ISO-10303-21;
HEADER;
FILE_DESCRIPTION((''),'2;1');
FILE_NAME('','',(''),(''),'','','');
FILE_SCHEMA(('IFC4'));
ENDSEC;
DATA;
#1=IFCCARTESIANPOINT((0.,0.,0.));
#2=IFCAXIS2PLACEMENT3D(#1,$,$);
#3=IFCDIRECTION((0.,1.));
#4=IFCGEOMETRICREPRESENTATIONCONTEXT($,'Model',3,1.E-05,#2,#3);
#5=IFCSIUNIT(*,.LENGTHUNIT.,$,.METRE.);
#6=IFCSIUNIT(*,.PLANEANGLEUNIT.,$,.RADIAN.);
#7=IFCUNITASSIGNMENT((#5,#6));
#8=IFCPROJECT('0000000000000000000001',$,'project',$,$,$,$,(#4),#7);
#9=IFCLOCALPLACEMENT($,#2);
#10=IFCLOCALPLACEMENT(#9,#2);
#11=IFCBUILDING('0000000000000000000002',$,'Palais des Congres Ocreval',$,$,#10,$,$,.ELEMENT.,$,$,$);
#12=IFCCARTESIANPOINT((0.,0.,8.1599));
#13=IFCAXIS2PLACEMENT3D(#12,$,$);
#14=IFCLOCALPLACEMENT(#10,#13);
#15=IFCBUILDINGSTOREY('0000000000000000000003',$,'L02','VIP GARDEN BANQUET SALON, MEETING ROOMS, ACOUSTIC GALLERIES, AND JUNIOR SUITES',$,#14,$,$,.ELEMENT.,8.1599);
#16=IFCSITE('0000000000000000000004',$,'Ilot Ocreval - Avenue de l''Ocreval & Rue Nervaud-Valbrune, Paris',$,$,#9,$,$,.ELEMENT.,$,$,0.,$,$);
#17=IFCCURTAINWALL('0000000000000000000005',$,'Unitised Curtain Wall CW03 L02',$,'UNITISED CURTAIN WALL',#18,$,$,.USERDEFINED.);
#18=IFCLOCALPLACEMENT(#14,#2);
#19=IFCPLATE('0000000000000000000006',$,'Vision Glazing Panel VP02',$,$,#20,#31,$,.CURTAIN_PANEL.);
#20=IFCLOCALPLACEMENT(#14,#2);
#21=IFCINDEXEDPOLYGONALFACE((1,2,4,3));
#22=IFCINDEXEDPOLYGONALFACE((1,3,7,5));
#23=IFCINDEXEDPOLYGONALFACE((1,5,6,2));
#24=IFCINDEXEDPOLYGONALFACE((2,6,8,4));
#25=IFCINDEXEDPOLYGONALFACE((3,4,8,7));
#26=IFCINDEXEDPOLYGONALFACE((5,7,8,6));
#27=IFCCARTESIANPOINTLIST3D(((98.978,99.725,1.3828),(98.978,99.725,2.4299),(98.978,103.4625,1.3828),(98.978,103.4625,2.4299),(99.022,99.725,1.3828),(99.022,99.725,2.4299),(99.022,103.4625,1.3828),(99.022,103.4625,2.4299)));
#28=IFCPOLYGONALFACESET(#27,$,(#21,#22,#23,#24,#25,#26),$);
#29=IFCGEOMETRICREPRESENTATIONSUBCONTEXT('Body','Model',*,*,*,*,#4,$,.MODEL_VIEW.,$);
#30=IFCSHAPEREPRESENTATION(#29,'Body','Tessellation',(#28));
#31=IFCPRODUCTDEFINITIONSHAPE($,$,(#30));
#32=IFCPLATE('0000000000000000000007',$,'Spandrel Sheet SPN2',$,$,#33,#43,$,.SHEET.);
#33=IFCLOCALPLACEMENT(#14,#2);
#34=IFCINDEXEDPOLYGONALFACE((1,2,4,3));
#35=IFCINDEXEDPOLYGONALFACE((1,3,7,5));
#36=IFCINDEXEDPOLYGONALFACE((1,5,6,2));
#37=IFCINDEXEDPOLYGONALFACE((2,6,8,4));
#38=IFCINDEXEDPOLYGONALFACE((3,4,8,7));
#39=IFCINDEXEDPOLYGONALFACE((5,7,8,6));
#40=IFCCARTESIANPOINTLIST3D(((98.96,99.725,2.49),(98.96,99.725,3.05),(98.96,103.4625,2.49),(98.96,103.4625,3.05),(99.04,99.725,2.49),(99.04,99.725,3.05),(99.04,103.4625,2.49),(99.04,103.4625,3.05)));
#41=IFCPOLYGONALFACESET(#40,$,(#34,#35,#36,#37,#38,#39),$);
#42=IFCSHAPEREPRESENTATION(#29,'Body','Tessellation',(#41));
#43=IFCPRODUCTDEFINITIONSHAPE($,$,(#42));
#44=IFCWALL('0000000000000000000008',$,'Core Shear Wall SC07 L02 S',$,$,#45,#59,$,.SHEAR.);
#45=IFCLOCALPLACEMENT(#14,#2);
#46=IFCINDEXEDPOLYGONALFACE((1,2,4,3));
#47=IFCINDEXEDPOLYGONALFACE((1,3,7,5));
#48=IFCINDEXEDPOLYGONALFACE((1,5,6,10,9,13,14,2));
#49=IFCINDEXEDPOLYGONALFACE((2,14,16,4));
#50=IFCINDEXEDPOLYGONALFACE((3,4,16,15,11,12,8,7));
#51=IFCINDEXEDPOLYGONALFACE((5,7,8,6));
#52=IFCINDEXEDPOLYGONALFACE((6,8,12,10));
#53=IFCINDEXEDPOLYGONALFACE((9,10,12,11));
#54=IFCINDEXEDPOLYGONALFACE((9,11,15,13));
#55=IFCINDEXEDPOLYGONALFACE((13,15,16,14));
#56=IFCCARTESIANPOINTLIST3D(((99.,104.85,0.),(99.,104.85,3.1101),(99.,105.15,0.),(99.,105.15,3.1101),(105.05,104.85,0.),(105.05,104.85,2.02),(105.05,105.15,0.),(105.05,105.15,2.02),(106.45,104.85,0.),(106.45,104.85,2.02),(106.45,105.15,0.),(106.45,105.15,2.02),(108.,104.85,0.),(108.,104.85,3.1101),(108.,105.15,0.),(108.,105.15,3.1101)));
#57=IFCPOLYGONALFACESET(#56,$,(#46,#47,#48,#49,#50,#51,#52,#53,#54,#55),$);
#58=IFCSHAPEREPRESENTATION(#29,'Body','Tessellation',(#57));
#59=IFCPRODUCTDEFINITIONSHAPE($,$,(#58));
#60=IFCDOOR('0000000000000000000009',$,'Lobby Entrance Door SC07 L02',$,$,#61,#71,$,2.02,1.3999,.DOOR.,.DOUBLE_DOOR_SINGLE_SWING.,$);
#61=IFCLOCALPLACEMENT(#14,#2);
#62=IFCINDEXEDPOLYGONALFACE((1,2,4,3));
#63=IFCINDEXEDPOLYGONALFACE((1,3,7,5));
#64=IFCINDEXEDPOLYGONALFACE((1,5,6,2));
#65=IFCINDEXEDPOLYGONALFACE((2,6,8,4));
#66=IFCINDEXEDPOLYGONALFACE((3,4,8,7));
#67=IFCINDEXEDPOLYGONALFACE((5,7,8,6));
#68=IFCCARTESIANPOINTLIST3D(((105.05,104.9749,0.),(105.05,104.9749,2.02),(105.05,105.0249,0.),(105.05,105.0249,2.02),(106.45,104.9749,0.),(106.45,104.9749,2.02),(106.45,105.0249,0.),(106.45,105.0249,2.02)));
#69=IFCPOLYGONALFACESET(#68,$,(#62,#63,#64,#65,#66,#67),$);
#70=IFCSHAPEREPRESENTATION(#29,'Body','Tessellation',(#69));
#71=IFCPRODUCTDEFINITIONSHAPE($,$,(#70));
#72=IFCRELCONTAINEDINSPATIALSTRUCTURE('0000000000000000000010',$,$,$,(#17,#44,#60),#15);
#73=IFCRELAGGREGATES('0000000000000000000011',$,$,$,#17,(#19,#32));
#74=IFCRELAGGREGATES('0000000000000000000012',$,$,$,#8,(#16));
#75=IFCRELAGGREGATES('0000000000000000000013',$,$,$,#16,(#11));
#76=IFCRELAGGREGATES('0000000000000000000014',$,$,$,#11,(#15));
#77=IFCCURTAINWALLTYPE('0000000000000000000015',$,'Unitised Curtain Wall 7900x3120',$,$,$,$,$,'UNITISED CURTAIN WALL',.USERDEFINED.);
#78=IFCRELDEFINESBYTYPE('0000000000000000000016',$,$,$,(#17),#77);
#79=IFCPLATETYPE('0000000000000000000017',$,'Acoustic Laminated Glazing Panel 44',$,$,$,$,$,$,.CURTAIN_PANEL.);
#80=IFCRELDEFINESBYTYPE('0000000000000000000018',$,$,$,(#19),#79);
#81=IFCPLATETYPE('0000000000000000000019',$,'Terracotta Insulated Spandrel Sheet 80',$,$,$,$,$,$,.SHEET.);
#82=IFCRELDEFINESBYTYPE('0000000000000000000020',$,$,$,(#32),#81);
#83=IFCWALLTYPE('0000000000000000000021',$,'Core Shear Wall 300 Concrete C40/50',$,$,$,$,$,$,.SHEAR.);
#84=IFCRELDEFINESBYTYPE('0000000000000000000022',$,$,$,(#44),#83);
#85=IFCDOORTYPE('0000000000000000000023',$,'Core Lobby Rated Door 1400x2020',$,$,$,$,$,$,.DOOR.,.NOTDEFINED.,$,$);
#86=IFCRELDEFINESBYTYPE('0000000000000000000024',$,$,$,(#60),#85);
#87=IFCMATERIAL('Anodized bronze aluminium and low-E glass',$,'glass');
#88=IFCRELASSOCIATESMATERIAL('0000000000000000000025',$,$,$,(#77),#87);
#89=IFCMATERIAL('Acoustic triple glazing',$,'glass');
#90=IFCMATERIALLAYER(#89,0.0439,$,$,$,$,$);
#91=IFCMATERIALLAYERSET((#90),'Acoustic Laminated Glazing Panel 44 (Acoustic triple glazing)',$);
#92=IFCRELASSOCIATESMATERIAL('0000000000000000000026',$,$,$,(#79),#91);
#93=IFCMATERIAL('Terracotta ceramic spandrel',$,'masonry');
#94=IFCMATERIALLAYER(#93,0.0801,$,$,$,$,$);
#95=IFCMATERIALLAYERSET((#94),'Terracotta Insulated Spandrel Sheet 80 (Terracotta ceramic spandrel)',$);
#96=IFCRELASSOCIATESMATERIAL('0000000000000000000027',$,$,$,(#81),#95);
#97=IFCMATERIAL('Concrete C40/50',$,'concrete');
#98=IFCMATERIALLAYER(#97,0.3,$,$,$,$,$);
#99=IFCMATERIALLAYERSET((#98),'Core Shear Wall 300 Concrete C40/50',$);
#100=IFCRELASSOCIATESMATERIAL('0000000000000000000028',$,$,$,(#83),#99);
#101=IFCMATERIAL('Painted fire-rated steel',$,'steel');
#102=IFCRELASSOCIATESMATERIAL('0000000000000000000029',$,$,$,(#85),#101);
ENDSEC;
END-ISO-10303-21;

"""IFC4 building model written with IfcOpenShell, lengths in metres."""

from ifc_helpers import new_model, si_unit, direction, frame, frame_2d, origin, origin_2d, place, context, subcontext, project, spatial, rectangle, extrude, material, layer, layer_set, type_object, element, fill, aggregate, save


model = new_model("IFC4")

# Units and contexts
model_context = context("Model", 3, precision=1e-05, world=origin(), true_north=direction((0.0, 1.0)))
body_context = subcontext(model_context, "Body", "Model", "MODEL_VIEW")
ifc_project = project(units=[si_unit("LENGTHUNIT", "METRE"), si_unit("PLANEANGLEUNIT", "RADIAN")], contexts=[model_context])

# Site, building, storey
site_placement = place(None, origin())
site = spatial("IfcSite", under=ifc_project, at=site_placement, Name="Ilot Ocreval - Avenue de l'Ocreval & Rue Nervaud-Valbrune, Paris", CompositionType="ELEMENT", RefElevation=0.0)
building_placement = place(site_placement, origin())
building = spatial("IfcBuilding", under=site, at=building_placement, Name="Palais des Congres Ocreval", CompositionType="ELEMENT")
storey_placement = place(building_placement, frame((0.0, 0.0, 8.1599)))
storey = spatial("IfcBuildingStorey", under=building, at=storey_placement, Name="L02", Description="VIP GARDEN BANQUET SALON, MEETING ROOMS, ACOUSTIC GALLERIES, AND JUNIOR SUITES", CompositionType="ELEMENT", Elevation=8.1599)

# Curtain wall, plates
ifc_material_1 = material(Name="Anodized bronze aluminium and low-E glass", Category="glass")
curtain_wall_type = type_object("IfcCurtainWallType", Name="Unitised Curtain Wall 7900x3120", ElementType="UNITISED CURTAIN WALL", PredefinedType="USERDEFINED", material=ifc_material_1)
curtain_wall_placement = place(storey_placement, origin())
curtain_wall = element("IfcCurtainWall", 1, at=curtain_wall_placement, inside=storey, type_object=curtain_wall_type, Name="Unitised Curtain Wall CW03 L02", ObjectType="UNITISED CURTAIN WALL", PredefinedType="USERDEFINED")
ifc_material_2 = material(Name="Acoustic triple glazing", Category="glass")
ifc_layer_1 = layer(ifc_material_2, 0.0439)
ifc_layer_set_1 = layer_set([ifc_layer_1], Name="Acoustic Laminated Glazing Panel 44 (Acoustic triple glazing)")
plate_type_1 = type_object("IfcPlateType", Name="Acoustic Laminated Glazing Panel 44", PredefinedType="CURTAIN_PANEL", material=ifc_layer_set_1)
plate_1_placement = place(storey_placement, frame((99.0, 101.5938, 1.3828), z_axis=(0.0, 0.0, 1.0), x_axis=(0.0, 1.0, 0.0)))
plate_1 = element("IfcPlate", 2, at=plate_1_placement, type_object=plate_type_1, Name="Vision Glazing Panel VP02", PredefinedType="CURTAIN_PANEL", context=body_context, shape_type="SweptSolid", body=[
    extrude(rectangle(XDim=3.7375, YDim=0.0439, at=origin_2d()), origin(), (0.0, 0.0, 1.0), 1.0471),
])
ifc_material_3 = material(Name="Terracotta ceramic spandrel", Category="masonry")
ifc_layer_2 = layer(ifc_material_3, 0.0801)
ifc_layer_set_2 = layer_set([ifc_layer_2], Name="Terracotta Insulated Spandrel Sheet 80 (Terracotta ceramic spandrel)")
plate_type_2 = type_object("IfcPlateType", Name="Terracotta Insulated Spandrel Sheet 80", PredefinedType="SHEET", material=ifc_layer_set_2)
plate_2_placement = place(storey_placement, frame((99.0, 101.5938, 2.49), z_axis=(0.0, 0.0, 1.0), x_axis=(0.0, 1.0, 0.0)))
plate_2 = element("IfcPlate", 3, at=plate_2_placement, type_object=plate_type_2, Name="Spandrel Sheet SPN2", PredefinedType="SHEET", context=body_context, shape_type="SweptSolid", body=[
    extrude(rectangle(XDim=3.7375, YDim=0.0801, at=origin_2d()), origin(), (0.0, 0.0, 1.0), 0.5601),
])
aggregate(curtain_wall, [plate_1, plate_2])

# Wall, opening, door
ifc_material_4 = material(Name="Concrete C40/50", Category="concrete")
ifc_layer_3 = layer(ifc_material_4, 0.3)
ifc_layer_set_3 = layer_set([ifc_layer_3], Name="Core Shear Wall 300 Concrete C40/50")
wall_type = type_object("IfcWallType", Name="Core Shear Wall 300 Concrete C40/50", PredefinedType="SHEAR", material=ifc_layer_set_3)
wall_placement = place(storey_placement, frame((99.0, 105.0, 0.0), z_axis=(0.0, 0.0, 1.0), x_axis=(1.0, 0.0, 0.0)))
wall = element("IfcWall", 4, at=wall_placement, inside=storey, type_object=wall_type, Name="Core Shear Wall SC07 L02 S", PredefinedType="SHEAR", context=body_context, shape_type="SweptSolid", body=[
    extrude(rectangle(XDim=9.0, YDim=0.3, at=frame_2d((4.5, 0.0))), origin(), (0.0, 0.0, 1.0), 3.1101),
])
opening_placement = place(wall_placement, frame((6.05, 0.0, 0.0)))
opening = element("IfcOpeningElement", 5, at=opening_placement, cuts=wall, PredefinedType="OPENING", context=body_context, shape_type="SweptSolid", body=[
    extrude(rectangle(XDim=1.3999, YDim=2.02, at=frame_2d((0.7, 1.01))), frame((0.0, 0.1599, 0.0), z_axis=(0.0, -1.0, 0.0), x_axis=(1.0, 0.0, 0.0)), (0.0, 0.0, 1.0), 0.3201),
])
ifc_material_5 = material(Name="Painted fire-rated steel", Category="steel")
door_type = type_object("IfcDoorType", Name="Core Lobby Rated Door 1400x2020", OperationType="NOTDEFINED", PredefinedType="DOOR", material=ifc_material_5)
door_placement = place(opening_placement, origin())
door = element("IfcDoor", 6, at=door_placement, inside=storey, type_object=door_type, Name="Lobby Entrance Door SC07 L02", OperationType="DOUBLE_DOOR_SINGLE_SWING", OverallHeight=2.02, OverallWidth=1.3999, PredefinedType="DOOR", context=body_context, shape_type="SweptSolid", body=[
    extrude(rectangle(XDim=1.3999, YDim=2.02, at=frame_2d((0.7, 1.01))), frame((0.0, 0.0249, 0.0), z_axis=(0.0, -1.0, 0.0), x_axis=(1.0, 0.0, 0.0)), (0.0, 0.0, 1.0), 0.05),
])
fill(opening, door)

save(model, "model.ifc")
